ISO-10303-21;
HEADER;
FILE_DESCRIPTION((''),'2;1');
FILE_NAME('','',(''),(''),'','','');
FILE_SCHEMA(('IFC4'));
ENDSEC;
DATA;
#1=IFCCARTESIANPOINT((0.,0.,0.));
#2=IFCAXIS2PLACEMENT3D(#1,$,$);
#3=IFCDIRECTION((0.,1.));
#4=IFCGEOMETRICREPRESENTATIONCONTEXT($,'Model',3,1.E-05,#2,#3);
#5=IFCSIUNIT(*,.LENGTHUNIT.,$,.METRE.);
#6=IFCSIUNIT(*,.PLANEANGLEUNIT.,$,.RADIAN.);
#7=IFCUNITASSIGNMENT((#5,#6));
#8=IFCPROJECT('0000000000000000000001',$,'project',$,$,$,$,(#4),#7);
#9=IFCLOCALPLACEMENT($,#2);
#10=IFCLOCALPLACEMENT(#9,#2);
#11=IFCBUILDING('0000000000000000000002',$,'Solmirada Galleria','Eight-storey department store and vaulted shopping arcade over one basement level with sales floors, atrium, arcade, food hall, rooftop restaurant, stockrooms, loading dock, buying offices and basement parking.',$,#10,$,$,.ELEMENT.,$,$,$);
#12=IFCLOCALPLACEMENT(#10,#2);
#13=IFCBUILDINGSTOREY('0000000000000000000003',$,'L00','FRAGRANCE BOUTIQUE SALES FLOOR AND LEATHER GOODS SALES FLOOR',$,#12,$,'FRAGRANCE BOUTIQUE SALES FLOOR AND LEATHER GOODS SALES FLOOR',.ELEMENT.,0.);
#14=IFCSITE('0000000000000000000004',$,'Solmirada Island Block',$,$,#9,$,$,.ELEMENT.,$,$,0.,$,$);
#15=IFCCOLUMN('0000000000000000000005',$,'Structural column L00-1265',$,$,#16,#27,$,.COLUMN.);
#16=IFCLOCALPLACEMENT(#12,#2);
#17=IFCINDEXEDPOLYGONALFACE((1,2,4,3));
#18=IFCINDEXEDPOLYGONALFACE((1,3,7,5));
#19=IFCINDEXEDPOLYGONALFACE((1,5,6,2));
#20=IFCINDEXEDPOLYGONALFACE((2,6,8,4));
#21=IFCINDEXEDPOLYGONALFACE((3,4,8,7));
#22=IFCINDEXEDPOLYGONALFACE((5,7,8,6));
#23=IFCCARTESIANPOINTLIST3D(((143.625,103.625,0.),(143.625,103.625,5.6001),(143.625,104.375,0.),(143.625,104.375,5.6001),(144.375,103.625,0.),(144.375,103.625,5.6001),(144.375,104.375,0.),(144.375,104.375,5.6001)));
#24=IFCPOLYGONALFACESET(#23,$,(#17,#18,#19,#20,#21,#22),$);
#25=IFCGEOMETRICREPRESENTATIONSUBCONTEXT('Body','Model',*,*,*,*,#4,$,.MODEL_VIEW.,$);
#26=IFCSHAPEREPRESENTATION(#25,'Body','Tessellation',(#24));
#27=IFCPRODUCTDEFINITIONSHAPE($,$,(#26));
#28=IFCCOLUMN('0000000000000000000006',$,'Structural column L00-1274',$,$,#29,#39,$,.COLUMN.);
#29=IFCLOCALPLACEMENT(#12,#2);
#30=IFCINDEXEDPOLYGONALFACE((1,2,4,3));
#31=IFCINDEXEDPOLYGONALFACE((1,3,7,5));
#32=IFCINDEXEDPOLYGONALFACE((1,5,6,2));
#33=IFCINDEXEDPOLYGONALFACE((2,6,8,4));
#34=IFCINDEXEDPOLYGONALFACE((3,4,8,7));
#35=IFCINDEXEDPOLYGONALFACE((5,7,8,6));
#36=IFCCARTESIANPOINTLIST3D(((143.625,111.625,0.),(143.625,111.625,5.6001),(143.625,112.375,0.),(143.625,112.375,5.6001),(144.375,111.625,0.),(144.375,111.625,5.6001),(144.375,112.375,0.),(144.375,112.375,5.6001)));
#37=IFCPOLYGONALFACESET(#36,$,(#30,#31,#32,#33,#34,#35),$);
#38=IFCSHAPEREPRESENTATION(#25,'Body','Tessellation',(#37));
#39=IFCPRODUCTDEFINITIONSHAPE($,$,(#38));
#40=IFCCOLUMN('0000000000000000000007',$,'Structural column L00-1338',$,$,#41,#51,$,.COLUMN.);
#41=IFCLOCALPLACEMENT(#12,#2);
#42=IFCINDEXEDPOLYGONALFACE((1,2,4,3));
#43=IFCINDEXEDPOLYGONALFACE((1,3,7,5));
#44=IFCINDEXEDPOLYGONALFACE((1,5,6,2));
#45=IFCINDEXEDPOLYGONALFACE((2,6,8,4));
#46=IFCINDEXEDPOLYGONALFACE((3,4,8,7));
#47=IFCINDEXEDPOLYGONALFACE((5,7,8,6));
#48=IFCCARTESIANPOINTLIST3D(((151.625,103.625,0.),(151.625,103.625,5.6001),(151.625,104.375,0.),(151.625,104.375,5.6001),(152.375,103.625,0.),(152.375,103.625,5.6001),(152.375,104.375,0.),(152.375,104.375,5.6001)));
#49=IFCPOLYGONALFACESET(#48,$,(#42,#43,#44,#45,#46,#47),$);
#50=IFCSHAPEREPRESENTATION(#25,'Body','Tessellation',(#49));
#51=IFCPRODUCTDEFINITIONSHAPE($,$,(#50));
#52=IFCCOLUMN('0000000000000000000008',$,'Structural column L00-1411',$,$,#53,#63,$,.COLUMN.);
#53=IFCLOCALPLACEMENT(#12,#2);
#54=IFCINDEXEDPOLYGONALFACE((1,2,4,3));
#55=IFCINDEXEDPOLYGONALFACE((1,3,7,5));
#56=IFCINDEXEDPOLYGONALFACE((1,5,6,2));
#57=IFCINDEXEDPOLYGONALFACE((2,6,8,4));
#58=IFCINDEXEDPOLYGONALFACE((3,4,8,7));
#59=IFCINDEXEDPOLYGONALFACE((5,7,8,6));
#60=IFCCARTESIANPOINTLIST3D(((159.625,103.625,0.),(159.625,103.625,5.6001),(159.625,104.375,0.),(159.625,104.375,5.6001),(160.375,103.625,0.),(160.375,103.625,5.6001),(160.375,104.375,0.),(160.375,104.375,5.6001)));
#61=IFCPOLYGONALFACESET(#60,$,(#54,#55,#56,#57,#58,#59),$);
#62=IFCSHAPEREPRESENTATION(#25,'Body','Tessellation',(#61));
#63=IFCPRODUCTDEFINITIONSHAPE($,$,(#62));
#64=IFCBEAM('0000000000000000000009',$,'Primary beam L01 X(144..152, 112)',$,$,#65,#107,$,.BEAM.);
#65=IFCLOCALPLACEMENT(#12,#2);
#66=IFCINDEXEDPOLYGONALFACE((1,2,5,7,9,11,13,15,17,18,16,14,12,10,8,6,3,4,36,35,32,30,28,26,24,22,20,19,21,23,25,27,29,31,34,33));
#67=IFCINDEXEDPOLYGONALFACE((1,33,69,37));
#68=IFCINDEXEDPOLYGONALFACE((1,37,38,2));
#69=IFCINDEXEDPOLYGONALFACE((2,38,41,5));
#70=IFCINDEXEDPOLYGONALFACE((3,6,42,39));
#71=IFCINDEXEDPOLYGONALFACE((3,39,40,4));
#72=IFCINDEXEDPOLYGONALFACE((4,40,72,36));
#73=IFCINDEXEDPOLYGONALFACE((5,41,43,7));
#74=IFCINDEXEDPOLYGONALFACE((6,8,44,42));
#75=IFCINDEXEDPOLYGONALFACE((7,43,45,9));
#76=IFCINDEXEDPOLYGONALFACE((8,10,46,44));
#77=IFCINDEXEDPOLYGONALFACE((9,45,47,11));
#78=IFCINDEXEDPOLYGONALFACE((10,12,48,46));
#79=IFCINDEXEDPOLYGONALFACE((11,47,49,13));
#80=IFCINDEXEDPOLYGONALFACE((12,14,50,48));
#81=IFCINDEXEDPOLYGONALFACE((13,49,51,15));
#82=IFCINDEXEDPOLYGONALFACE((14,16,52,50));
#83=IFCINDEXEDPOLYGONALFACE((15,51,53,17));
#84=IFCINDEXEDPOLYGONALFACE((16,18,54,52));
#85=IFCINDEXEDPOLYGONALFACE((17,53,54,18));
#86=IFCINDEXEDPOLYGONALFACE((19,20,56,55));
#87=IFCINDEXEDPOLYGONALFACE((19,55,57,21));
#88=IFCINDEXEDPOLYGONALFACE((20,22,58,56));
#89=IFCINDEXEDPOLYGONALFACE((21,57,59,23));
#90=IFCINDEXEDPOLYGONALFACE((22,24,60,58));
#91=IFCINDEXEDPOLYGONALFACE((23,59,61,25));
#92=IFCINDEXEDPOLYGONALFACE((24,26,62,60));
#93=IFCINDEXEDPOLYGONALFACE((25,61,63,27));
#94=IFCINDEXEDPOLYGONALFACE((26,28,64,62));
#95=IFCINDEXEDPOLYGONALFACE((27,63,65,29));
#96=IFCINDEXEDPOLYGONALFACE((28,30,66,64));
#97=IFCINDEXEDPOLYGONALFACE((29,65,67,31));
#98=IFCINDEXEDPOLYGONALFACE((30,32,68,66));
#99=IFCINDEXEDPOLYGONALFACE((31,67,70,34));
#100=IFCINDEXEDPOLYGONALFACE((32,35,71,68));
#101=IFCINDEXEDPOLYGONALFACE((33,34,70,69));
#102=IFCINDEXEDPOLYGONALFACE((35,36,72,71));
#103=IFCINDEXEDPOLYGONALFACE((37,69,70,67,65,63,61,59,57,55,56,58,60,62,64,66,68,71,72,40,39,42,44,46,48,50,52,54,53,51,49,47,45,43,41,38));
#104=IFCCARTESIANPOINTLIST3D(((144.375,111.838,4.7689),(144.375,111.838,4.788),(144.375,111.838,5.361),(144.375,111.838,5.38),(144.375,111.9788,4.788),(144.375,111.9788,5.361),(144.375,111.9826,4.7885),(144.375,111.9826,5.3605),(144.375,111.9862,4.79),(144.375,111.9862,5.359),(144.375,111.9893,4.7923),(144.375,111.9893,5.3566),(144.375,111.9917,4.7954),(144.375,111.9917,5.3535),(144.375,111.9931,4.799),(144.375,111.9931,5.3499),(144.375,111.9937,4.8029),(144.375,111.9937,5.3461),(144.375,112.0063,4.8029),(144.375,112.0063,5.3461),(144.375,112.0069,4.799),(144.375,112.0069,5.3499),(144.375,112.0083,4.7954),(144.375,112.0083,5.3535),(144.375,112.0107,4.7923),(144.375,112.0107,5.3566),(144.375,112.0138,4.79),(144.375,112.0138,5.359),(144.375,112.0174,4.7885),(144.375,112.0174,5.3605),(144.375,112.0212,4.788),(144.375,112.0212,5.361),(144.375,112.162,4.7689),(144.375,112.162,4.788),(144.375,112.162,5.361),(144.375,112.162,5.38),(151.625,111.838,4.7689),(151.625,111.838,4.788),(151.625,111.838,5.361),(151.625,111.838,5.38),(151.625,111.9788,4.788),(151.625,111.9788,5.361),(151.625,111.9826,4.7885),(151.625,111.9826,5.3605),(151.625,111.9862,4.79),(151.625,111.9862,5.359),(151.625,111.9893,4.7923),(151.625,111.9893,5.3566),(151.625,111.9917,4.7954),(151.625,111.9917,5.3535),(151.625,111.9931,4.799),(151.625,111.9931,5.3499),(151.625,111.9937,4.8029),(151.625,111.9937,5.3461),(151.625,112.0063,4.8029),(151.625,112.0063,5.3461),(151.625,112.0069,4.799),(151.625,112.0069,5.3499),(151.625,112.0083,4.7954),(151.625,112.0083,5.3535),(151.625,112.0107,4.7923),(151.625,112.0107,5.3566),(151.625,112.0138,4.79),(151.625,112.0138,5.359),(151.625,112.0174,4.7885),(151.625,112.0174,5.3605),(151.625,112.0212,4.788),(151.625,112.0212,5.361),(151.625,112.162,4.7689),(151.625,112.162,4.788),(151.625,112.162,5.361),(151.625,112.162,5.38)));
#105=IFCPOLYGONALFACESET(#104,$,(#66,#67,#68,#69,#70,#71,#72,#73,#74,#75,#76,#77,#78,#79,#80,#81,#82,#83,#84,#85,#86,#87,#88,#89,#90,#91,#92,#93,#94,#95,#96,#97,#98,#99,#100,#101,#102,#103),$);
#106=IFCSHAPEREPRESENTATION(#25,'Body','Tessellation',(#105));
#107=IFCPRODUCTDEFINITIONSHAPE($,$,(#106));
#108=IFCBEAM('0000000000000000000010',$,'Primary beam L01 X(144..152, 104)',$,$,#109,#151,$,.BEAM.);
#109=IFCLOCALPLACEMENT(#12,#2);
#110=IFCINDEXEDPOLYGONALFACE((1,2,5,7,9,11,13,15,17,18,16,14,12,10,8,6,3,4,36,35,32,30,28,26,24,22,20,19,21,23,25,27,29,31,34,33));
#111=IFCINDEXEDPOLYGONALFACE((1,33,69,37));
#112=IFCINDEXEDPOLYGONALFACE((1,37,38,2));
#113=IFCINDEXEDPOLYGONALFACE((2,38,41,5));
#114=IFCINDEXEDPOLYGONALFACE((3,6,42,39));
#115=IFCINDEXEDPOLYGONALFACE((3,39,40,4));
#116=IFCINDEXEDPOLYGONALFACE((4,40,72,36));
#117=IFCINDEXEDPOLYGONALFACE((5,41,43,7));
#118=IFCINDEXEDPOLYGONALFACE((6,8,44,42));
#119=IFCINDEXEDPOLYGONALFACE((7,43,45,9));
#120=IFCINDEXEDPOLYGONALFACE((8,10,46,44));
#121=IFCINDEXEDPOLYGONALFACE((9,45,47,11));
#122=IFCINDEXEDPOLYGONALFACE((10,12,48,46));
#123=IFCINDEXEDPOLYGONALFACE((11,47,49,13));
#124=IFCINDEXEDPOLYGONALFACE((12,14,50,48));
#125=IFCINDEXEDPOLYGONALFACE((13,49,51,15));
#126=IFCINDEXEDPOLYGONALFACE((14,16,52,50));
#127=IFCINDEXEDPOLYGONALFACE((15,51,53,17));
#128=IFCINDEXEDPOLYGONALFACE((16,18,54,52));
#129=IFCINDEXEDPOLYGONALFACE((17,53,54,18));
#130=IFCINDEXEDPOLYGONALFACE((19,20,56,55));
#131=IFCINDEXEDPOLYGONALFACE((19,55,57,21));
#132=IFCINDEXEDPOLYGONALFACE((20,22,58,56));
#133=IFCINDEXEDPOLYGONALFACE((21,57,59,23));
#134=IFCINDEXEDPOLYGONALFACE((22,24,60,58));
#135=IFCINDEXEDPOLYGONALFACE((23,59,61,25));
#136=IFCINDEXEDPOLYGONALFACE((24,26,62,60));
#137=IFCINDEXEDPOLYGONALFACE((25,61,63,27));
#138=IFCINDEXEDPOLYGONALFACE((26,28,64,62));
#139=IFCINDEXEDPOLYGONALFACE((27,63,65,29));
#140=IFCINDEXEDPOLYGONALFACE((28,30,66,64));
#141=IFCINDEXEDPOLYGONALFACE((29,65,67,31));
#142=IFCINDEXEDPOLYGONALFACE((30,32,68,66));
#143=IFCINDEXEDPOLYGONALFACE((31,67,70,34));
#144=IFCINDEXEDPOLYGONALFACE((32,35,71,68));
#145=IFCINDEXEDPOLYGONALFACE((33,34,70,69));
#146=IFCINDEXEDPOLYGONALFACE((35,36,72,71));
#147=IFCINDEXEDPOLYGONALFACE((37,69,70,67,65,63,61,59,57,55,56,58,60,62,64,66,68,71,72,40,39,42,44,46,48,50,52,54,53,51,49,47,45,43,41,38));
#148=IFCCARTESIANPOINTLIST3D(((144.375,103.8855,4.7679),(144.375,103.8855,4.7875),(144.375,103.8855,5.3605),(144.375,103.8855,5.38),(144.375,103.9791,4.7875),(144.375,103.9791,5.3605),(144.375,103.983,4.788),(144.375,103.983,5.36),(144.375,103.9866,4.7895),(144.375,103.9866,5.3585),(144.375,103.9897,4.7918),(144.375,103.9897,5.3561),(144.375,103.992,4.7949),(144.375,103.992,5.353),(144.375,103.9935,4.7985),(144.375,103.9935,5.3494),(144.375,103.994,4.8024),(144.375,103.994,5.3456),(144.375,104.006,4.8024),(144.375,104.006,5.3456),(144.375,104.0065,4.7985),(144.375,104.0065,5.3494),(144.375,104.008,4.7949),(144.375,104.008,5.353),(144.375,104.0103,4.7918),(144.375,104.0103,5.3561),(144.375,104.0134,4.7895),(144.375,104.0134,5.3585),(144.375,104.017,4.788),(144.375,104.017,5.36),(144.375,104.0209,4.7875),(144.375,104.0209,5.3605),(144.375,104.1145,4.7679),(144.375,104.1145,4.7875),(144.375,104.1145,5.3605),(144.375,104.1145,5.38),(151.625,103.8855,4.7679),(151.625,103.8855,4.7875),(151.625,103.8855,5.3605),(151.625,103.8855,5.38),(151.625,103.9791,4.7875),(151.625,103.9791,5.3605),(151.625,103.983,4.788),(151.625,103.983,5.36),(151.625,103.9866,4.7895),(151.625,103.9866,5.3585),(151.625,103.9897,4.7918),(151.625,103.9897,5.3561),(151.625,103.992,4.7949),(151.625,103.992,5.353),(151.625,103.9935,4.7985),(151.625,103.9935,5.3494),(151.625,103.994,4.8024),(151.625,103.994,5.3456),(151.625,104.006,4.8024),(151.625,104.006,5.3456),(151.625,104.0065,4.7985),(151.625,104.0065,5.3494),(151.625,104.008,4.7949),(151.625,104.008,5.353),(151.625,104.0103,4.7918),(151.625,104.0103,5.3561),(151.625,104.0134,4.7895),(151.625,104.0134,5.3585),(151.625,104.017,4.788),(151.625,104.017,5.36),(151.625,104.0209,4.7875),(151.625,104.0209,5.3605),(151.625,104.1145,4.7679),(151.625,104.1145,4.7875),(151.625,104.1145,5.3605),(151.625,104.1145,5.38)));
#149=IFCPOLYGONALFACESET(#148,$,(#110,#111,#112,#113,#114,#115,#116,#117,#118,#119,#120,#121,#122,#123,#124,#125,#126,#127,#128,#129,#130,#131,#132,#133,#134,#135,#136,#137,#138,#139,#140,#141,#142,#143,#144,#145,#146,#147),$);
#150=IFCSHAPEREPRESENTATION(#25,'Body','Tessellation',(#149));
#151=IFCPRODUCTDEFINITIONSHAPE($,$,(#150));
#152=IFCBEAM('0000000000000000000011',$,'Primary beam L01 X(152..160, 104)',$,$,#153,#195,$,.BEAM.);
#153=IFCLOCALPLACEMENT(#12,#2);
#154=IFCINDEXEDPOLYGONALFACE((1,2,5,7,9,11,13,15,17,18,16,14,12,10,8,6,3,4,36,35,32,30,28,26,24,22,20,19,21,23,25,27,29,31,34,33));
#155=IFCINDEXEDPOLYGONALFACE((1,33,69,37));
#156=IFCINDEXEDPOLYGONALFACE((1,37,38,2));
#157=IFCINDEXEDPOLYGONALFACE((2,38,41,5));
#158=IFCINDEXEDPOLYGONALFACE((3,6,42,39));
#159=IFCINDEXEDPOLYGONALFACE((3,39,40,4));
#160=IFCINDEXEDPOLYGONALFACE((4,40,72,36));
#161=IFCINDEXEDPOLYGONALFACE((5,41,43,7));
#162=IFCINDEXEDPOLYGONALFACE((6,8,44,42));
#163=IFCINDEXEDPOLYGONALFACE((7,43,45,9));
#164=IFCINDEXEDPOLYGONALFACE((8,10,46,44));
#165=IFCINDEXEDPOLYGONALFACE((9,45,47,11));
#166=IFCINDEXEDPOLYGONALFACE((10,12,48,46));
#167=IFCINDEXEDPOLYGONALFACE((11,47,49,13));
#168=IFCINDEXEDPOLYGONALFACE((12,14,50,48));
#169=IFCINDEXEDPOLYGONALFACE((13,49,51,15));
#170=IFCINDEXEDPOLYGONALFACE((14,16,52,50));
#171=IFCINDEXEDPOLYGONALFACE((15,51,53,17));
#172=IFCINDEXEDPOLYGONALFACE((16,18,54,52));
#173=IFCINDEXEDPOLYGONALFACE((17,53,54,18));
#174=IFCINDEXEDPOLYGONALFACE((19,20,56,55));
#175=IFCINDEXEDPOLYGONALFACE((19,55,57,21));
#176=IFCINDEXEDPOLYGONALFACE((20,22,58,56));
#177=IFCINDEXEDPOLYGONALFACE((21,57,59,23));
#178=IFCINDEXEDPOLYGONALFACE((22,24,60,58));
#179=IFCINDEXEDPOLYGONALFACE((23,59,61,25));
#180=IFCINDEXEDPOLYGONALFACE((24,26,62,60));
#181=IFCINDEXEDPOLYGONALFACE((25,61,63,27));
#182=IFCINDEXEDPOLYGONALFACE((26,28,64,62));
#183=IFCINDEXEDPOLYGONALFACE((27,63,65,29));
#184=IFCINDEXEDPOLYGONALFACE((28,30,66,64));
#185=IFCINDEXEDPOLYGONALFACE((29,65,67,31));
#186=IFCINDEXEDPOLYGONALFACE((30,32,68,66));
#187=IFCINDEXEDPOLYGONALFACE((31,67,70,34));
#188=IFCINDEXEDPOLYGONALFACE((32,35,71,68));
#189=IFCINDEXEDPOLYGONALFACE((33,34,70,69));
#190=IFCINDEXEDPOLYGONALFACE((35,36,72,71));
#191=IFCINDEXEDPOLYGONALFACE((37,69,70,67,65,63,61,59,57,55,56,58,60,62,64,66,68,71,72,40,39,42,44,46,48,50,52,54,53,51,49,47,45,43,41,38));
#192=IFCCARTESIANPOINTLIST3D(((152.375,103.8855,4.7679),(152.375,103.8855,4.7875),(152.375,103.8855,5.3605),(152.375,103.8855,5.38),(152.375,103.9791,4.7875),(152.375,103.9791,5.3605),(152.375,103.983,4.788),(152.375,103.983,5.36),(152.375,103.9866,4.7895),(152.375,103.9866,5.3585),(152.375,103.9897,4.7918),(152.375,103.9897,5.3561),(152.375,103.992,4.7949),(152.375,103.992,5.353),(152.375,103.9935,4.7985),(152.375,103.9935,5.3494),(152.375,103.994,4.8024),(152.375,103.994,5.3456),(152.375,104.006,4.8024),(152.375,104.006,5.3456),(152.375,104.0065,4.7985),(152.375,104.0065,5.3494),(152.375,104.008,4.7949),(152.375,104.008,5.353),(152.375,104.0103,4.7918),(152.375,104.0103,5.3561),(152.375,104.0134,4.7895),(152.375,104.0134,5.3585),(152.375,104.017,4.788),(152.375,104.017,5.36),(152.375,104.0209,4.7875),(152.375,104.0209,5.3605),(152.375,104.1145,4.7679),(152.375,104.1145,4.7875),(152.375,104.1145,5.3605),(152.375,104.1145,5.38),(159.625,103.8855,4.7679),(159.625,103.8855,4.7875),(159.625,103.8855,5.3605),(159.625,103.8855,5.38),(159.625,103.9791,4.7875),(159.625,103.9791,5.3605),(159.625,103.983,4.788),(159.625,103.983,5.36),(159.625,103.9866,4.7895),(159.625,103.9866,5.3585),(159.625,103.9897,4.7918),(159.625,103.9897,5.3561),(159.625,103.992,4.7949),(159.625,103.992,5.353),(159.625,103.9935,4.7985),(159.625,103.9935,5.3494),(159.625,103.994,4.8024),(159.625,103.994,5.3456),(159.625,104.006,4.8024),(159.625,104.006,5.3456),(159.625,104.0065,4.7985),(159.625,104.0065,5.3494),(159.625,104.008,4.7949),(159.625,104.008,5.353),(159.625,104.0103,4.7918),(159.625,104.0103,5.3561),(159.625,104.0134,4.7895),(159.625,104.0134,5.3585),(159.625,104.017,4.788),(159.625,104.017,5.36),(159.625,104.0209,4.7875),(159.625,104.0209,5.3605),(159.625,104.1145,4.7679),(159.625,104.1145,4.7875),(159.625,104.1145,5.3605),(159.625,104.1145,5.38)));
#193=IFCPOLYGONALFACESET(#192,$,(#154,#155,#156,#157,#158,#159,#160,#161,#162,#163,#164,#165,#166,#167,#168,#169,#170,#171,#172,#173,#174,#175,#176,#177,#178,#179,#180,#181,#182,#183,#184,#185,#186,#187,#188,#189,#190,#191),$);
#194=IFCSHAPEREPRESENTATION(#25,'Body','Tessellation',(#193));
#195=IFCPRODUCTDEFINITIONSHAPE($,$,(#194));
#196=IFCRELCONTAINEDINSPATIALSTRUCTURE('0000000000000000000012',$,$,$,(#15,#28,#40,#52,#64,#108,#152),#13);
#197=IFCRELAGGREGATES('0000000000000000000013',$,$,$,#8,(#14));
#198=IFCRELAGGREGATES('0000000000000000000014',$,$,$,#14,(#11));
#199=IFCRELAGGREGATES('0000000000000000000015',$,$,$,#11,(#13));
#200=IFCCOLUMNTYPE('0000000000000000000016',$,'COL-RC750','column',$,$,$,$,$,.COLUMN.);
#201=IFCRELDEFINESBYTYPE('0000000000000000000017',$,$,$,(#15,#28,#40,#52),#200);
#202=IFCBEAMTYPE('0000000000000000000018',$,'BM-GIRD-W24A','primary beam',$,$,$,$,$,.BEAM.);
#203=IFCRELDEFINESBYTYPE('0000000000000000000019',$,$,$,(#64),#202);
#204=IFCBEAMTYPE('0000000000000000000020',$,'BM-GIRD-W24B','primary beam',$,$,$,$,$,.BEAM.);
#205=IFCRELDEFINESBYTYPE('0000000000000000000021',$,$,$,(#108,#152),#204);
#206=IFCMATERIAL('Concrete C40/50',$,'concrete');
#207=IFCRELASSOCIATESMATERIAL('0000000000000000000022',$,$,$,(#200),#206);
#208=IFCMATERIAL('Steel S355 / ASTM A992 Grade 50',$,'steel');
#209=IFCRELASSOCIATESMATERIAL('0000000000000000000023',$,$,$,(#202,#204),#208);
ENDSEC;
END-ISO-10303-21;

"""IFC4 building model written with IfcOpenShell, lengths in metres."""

from ifc_helpers import new_model, si_unit, direction, frame, origin, origin_2d, place, context, subcontext, project, spatial, rectangle, i_section, extrude, material, material_profile, profile_set, type_object, element, save


model = new_model("IFC4")

# Units and contexts
model_context = context("Model", 3, precision=1e-05, world=origin(), true_north=direction((0.0, 1.0)))
body_context = subcontext(model_context, "Body", "Model", "MODEL_VIEW")
ifc_project = project(units=[si_unit("LENGTHUNIT", "METRE"), si_unit("PLANEANGLEUNIT", "RADIAN")], contexts=[model_context])

# Site, building, storey
site_placement = place(None, origin())
site = spatial("IfcSite", under=ifc_project, at=site_placement, Name="Solmirada Island Block", CompositionType="ELEMENT", RefElevation=0.0)
building_placement = place(site_placement, origin())
building = spatial("IfcBuilding", under=site, at=building_placement, Name="Solmirada Galleria", Description="Eight-storey department store and vaulted shopping arcade over one basement level with sales floors, atrium, arcade, food hall, rooftop restaurant, stockrooms, loading dock, buying offices and basement parking.", CompositionType="ELEMENT")
storey_placement = place(building_placement, origin())
storey = spatial("IfcBuildingStorey", under=building, at=storey_placement, Name="L00", Description="FRAGRANCE BOUTIQUE SALES FLOOR AND LEATHER GOODS SALES FLOOR", LongName="FRAGRANCE BOUTIQUE SALES FLOOR AND LEATHER GOODS SALES FLOOR", CompositionType="ELEMENT", Elevation=0.0)

# Columns
ifc_material_1 = material(Name="Concrete C40/50", Category="concrete")
ifc_material_profile_1 = material_profile(ifc_material_1, rectangle(XDim=0.75, YDim=0.75, at=origin_2d()), Name="RC750X750")
ifc_profile_set_1 = profile_set([ifc_material_profile_1], Name="Concrete C40/50")
column_type = type_object("IfcColumnType", Name="COL-RC750", Description="column", PredefinedType="COLUMN", material=ifc_profile_set_1)
for number, where, z_axis, x_axis, name in (
    (1, (144.0, 104.0, 0.0), (0.0, 0.0, 1.0), (1.0, 0.0, 0.0), "Structural column L00-1265"),
    (2, (144.0, 112.0, 0.0), (0.0, 0.0, 1.0), (1.0, 0.0, 0.0), "Structural column L00-1274"),
    (3, (152.0, 104.0, 0.0), (0.0, 0.0, 1.0), (1.0, 0.0, 0.0), "Structural column L00-1338"),
    (4, (160.0, 104.0, 0.0), (0.0, 0.0, 1.0), (1.0, 0.0, 0.0), "Structural column L00-1411"),
):
    element("IfcColumn", number, at=place(storey_placement, frame(where, z_axis=z_axis, x_axis=x_axis)), inside=storey, type_object=column_type, Name=name, PredefinedType="COLUMN", context=body_context, shape_type="SweptSolid", body=[
        extrude(rectangle(XDim=0.75, YDim=0.75, at=origin_2d()), origin(), (0.0, 0.0, 1.0), 5.6001),
    ])

# Beams
ifc_material_2 = material(Name="Steel S355 / ASTM A992 Grade 50", Category="steel")
ifc_material_profile_2 = material_profile(ifc_material_2, i_section(OverallWidth=0.324, OverallDepth=0.6111, WebThickness=0.0127, FlangeThickness=0.019, FilletRadius=0.0149, at=origin_2d()), Name="W24X104")
ifc_profile_set_2 = profile_set([ifc_material_profile_2], Name="Steel S355 / ASTM A992 Grade 50")
beam_type_1 = type_object("IfcBeamType", Name="BM-GIRD-W24A", Description="primary beam", PredefinedType="BEAM", material=ifc_profile_set_2)
beam_1_placement = place(storey_placement, frame((144.375, 112.0, 5.0745), z_axis=(1.0, 0.0, 0.0), x_axis=(0.0, 1.0, 0.0)))
element("IfcBeam", 5, at=beam_1_placement, inside=storey, type_object=beam_type_1, Name="Primary beam L01 X(144..152, 112)", PredefinedType="BEAM", context=body_context, shape_type="SweptSolid", body=[
    extrude(i_section(OverallWidth=0.324, OverallDepth=0.6111, WebThickness=0.0127, FlangeThickness=0.019, FilletRadius=0.0149, at=origin_2d()), origin(), (0.0, 0.0, 1.0), 7.25),
])
ifc_material_profile_3 = material_profile(ifc_material_2, i_section(OverallWidth=0.229, OverallDepth=0.6121, WebThickness=0.012, FlangeThickness=0.0195, FilletRadius=0.0149, at=origin_2d()), Name="W24X84")
ifc_profile_set_3 = profile_set([ifc_material_profile_3], Name="Steel S355 / ASTM A992 Grade 50")
beam_type_2 = type_object("IfcBeamType", Name="BM-GIRD-W24B", Description="primary beam", PredefinedType="BEAM", material=ifc_profile_set_3)
for number, where, z_axis, x_axis, name in (
    (6, (144.375, 104.0, 5.074), (1.0, 0.0, 0.0), (0.0, 1.0, 0.0), "Primary beam L01 X(144..152, 104)"),
    (7, (152.375, 104.0, 5.074), (1.0, 0.0, 0.0), (0.0, 1.0, 0.0), "Primary beam L01 X(152..160, 104)"),
):
    element("IfcBeam", number, at=place(storey_placement, frame(where, z_axis=z_axis, x_axis=x_axis)), inside=storey, type_object=beam_type_2, Name=name, PredefinedType="BEAM", context=body_context, shape_type="SweptSolid", body=[
        extrude(i_section(OverallWidth=0.229, OverallDepth=0.6121, WebThickness=0.012, FlangeThickness=0.0195, FilletRadius=0.0149, at=origin_2d()), origin(), (0.0, 0.0, 1.0), 7.25),
    ])

save(model, "model.ifc")
